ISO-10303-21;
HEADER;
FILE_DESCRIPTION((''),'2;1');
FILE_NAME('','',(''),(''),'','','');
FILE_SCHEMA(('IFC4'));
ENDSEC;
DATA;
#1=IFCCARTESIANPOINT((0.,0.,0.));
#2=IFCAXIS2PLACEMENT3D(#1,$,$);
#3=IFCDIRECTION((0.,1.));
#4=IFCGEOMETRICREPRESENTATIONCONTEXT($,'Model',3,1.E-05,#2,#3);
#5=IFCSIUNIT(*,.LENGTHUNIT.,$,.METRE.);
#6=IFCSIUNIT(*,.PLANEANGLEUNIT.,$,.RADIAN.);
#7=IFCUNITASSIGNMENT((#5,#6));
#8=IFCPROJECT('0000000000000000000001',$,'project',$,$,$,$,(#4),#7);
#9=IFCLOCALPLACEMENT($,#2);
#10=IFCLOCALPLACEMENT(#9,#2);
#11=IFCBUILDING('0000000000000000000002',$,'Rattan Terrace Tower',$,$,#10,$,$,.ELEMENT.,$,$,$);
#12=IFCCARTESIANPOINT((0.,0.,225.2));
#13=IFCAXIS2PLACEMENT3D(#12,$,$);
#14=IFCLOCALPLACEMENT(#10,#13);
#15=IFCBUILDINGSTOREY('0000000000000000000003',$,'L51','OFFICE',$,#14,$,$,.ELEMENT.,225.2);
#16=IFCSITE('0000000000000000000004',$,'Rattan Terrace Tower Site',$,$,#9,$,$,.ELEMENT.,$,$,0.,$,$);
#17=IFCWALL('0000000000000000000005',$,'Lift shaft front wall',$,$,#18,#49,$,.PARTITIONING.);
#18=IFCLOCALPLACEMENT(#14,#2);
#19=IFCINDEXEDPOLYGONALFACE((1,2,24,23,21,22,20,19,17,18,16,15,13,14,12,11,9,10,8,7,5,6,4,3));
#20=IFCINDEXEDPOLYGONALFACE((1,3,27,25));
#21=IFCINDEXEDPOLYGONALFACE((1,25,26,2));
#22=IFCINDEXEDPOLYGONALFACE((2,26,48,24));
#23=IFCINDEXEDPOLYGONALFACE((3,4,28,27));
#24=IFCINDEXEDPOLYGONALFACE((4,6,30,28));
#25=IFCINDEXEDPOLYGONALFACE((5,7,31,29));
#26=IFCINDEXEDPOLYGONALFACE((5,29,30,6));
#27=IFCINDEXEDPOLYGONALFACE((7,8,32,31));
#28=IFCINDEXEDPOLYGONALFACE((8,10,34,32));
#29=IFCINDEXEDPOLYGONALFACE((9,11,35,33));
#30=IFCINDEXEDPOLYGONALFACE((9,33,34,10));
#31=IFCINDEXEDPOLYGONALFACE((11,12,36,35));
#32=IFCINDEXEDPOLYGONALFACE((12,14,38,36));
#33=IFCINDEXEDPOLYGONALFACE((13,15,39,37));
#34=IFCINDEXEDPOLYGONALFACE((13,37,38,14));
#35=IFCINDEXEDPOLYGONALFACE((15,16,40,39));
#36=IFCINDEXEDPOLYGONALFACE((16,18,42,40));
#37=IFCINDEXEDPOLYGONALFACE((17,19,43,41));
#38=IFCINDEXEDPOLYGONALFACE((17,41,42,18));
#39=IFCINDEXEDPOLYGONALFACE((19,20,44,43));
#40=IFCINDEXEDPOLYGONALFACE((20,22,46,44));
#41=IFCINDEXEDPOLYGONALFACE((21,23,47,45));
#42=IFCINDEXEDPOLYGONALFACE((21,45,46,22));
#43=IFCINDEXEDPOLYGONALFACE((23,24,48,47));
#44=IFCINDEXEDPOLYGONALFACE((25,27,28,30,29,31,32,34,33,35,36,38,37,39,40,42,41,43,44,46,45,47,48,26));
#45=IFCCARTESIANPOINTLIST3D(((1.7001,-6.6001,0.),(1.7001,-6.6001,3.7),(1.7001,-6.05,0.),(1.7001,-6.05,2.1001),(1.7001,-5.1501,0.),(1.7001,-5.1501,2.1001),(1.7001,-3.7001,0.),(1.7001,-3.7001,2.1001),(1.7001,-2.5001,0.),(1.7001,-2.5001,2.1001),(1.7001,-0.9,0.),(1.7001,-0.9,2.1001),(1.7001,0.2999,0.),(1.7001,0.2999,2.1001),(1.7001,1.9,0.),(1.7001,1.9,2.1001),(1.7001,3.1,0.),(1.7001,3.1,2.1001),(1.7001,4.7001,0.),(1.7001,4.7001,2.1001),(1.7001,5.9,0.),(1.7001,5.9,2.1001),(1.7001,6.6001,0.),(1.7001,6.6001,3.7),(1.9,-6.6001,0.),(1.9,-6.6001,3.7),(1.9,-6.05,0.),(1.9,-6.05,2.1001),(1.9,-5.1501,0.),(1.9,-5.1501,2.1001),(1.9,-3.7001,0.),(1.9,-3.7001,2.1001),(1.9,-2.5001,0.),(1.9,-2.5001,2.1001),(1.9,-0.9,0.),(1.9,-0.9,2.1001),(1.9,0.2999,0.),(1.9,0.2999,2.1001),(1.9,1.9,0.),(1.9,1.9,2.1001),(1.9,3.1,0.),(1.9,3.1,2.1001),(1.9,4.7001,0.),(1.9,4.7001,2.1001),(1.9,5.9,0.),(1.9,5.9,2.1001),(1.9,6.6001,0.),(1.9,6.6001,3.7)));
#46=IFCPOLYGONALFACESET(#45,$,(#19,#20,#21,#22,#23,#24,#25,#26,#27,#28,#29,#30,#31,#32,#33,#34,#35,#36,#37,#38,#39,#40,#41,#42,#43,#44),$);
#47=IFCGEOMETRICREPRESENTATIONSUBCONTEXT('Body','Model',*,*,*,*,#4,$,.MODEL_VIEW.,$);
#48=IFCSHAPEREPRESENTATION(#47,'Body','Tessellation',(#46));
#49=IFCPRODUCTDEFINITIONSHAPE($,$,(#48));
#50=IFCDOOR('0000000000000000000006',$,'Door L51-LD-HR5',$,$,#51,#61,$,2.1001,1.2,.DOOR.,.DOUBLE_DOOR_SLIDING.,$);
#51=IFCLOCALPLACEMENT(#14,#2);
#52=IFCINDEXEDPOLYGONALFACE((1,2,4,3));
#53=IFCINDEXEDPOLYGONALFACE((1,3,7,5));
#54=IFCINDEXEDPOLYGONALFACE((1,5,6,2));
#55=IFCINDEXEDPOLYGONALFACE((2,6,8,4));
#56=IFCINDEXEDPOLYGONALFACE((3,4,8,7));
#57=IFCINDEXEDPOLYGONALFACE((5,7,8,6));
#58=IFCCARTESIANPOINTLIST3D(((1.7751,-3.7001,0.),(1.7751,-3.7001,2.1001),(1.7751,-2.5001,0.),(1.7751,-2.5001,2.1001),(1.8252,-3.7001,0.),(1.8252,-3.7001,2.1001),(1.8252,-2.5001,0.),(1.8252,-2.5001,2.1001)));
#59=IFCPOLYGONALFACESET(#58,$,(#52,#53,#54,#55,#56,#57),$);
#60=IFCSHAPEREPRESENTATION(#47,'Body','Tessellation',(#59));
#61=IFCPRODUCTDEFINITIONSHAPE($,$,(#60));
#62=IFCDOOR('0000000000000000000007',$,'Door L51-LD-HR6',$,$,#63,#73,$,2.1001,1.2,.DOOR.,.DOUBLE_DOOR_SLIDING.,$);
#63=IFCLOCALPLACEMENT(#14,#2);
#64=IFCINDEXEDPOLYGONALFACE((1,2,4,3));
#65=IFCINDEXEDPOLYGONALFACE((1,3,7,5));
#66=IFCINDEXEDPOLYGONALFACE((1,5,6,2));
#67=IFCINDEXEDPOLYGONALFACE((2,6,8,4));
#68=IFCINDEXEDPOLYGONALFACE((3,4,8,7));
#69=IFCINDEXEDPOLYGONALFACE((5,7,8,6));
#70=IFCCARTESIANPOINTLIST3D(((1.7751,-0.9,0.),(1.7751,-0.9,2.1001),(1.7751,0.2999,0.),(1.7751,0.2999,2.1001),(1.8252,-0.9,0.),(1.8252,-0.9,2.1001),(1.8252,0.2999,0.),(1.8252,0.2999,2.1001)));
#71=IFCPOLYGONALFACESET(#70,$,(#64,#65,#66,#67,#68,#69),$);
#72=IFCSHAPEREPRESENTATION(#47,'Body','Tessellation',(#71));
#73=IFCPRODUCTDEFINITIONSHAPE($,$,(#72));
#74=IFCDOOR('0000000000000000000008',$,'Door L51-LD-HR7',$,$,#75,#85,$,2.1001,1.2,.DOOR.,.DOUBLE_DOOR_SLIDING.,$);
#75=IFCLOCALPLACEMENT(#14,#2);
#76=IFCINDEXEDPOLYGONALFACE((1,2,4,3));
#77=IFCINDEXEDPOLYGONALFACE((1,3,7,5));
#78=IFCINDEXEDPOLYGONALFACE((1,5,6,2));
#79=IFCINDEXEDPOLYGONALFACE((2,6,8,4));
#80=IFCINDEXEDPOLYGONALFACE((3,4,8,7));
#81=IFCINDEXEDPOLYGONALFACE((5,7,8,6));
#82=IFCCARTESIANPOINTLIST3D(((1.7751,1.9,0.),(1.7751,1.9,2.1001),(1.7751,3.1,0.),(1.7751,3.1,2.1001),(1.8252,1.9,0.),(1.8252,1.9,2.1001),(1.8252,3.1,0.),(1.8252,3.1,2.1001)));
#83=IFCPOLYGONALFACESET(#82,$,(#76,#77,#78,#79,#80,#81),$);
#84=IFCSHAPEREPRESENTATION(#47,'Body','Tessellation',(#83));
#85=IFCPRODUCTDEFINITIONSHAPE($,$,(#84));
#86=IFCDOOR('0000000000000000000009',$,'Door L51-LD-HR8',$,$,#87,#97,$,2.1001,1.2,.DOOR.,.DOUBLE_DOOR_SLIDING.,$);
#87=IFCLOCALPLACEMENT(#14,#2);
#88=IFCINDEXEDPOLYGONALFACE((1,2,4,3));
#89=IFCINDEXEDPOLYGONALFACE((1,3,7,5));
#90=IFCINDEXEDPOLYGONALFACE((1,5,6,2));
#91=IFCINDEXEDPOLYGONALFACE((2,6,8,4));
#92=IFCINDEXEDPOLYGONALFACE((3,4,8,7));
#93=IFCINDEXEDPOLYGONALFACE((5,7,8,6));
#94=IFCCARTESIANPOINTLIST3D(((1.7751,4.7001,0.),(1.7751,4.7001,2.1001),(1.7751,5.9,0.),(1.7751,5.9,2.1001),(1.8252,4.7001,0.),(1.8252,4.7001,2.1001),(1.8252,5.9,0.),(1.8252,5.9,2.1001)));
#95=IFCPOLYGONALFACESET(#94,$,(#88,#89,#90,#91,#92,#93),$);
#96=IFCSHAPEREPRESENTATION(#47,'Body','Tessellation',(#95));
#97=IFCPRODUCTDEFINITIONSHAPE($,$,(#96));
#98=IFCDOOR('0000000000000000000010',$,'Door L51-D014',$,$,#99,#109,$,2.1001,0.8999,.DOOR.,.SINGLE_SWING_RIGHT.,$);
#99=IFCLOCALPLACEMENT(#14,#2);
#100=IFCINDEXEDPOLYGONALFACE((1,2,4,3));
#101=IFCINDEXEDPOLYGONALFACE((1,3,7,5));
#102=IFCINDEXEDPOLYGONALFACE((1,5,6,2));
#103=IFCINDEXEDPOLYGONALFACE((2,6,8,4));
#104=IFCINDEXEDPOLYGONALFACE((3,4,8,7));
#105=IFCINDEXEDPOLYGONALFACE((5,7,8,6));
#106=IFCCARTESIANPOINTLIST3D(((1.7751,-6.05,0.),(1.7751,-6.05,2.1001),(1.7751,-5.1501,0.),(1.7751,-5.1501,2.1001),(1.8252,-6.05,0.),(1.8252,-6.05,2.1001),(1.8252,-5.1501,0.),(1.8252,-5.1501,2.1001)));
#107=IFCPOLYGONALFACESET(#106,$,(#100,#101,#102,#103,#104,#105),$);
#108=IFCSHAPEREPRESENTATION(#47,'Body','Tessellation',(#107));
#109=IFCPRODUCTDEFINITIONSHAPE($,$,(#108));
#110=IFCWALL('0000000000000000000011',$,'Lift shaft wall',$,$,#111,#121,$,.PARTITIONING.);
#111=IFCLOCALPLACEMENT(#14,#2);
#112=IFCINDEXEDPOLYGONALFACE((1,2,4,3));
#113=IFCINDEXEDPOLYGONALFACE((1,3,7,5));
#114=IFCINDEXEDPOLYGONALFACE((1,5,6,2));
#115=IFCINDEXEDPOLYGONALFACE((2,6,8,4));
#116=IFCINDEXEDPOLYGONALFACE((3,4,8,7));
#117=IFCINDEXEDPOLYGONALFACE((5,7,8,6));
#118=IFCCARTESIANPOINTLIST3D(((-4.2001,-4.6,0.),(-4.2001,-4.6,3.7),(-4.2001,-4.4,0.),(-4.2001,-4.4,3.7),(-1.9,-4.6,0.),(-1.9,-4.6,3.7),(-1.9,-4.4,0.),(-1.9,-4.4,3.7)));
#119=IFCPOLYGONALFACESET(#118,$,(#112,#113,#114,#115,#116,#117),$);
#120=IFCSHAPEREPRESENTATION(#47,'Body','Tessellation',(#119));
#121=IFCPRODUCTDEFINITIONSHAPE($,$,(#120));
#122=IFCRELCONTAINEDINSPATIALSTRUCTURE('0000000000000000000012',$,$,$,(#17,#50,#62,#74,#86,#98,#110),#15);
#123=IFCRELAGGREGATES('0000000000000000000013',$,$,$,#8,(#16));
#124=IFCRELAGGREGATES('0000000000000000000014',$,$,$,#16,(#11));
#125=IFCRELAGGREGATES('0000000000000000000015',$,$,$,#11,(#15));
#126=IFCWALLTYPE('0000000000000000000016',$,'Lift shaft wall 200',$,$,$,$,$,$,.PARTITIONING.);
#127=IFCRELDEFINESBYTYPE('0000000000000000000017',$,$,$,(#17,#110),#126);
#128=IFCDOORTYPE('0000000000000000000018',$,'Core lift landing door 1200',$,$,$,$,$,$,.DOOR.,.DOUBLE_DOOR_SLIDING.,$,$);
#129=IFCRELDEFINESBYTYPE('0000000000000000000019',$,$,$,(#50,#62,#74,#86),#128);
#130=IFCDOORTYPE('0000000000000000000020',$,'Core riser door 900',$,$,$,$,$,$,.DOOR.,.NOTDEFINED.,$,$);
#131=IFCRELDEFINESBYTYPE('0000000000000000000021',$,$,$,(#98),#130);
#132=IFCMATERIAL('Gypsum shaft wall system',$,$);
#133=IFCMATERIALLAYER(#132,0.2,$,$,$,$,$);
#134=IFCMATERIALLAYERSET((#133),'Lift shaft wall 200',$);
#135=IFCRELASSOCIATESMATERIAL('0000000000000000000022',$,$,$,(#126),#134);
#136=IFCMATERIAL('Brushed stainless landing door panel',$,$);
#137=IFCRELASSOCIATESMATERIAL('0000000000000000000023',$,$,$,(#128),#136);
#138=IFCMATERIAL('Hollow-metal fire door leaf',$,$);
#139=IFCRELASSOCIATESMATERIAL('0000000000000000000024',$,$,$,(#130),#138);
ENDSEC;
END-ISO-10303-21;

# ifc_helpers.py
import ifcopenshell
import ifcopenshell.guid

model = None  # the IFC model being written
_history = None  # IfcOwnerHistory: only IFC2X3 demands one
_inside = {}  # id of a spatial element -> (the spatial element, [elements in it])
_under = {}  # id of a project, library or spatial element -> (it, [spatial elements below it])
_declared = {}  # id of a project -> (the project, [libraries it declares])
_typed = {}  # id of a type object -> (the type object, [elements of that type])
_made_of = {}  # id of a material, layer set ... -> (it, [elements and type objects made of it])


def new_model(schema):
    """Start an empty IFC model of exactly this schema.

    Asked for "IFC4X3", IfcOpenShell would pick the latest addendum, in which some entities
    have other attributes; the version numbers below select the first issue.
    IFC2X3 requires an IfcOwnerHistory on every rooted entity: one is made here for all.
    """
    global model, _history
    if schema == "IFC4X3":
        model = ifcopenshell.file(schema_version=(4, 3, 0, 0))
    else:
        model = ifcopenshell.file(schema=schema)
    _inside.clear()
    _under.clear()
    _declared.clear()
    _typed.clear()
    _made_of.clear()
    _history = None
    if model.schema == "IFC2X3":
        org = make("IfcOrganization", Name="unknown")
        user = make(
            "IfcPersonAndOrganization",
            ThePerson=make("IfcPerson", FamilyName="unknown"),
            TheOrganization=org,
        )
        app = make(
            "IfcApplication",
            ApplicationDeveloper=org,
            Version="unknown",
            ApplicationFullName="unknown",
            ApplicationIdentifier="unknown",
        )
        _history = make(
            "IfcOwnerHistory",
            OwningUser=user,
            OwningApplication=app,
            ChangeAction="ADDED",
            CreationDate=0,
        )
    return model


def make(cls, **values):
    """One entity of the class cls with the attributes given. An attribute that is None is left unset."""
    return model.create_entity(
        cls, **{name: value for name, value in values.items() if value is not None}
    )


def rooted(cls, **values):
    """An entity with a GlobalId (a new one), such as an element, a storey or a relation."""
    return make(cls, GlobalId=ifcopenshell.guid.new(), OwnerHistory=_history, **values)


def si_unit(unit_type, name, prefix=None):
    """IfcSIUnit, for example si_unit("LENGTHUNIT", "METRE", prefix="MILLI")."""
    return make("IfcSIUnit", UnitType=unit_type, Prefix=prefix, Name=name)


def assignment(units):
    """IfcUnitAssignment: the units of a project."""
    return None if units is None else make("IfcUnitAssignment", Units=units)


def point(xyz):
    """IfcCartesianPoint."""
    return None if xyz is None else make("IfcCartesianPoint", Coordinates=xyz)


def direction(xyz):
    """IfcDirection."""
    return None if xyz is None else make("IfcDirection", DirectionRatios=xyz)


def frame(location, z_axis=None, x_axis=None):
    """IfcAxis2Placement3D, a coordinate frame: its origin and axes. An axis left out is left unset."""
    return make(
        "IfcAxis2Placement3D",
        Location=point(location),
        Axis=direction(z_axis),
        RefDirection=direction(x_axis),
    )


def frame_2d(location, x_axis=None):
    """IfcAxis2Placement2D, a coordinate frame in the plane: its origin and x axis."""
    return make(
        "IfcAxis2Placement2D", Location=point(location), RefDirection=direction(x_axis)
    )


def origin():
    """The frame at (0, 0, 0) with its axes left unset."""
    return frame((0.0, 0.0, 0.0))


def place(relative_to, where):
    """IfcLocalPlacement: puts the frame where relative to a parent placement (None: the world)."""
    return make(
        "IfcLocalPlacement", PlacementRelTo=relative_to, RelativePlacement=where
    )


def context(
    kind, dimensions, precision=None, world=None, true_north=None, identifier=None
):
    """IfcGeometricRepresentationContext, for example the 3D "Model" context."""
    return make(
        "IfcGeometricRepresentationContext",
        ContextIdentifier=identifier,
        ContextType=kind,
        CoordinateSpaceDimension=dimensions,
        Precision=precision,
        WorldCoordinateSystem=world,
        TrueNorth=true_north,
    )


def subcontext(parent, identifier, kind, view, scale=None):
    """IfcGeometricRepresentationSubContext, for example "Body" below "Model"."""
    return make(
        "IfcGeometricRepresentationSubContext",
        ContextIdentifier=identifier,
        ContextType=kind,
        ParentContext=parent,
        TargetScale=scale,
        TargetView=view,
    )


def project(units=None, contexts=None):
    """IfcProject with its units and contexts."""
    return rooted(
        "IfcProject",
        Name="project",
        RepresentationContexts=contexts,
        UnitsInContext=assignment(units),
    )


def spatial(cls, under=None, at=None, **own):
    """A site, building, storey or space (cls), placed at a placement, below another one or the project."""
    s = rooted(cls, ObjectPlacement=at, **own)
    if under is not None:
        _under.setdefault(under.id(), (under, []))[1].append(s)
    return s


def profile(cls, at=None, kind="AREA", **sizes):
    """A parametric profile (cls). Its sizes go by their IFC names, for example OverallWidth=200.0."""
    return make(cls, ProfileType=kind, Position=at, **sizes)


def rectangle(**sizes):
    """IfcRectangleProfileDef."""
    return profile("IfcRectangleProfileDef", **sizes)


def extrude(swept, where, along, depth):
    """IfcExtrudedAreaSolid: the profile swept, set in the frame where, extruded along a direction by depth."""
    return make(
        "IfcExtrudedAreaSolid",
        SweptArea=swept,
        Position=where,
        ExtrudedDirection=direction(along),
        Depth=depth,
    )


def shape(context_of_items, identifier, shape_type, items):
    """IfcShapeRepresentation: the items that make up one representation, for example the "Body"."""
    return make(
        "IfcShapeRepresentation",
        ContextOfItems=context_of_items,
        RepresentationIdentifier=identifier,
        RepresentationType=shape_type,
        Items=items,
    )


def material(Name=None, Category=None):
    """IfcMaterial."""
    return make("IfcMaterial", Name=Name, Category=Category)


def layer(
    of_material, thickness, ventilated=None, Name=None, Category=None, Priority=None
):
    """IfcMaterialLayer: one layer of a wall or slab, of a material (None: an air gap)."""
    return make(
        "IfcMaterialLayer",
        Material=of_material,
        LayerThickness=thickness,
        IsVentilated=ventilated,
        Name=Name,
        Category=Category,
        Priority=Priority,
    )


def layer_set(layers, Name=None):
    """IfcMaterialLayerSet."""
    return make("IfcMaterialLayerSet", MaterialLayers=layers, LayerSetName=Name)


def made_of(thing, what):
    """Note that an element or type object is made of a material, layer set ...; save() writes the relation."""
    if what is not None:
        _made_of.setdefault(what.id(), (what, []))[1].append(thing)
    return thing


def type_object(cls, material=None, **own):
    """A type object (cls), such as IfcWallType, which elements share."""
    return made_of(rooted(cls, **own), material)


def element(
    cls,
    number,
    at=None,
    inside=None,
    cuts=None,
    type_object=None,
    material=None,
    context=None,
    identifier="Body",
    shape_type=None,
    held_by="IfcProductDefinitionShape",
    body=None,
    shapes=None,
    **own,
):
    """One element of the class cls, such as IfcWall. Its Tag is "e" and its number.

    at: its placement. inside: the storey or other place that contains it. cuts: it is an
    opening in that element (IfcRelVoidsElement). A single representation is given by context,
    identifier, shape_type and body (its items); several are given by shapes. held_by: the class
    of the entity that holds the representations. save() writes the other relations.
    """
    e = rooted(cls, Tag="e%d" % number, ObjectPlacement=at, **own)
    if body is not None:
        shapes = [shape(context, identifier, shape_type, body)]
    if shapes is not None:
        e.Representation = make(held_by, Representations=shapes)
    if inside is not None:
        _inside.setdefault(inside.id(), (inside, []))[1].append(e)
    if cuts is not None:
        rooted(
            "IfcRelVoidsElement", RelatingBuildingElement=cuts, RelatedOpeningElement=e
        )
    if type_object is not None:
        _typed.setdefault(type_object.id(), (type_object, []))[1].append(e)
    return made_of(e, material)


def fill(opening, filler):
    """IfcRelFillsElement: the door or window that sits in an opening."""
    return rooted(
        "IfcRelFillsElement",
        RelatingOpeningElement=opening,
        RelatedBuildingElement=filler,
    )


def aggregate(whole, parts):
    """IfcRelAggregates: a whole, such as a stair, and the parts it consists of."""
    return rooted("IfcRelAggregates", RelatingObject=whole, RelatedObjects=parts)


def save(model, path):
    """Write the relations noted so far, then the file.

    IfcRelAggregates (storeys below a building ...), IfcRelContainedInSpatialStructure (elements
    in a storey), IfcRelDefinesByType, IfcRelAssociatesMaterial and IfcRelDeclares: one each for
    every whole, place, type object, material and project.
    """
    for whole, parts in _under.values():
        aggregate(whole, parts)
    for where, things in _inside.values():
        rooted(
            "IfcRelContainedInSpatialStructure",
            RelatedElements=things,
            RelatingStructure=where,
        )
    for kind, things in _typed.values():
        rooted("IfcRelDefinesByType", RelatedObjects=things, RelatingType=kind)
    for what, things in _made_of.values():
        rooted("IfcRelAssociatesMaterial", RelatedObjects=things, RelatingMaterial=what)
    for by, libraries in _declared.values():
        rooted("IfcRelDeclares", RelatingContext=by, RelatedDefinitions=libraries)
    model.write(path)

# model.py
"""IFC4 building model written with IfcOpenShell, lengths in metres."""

from ifc_helpers import new_model, si_unit, direction, frame, frame_2d, origin, place, context, subcontext, project, spatial, rectangle, extrude, material, layer, layer_set, type_object, element, fill, save


model = new_model("IFC4")

# Units and contexts
model_context = context("Model", 3, precision=1e-05, world=origin(), true_north=direction((0.0, 1.0)))
body_context = subcontext(model_context, "Body", "Model", "MODEL_VIEW")
ifc_project = project(units=[si_unit("LENGTHUNIT", "METRE"), si_unit("PLANEANGLEUNIT", "RADIAN")], contexts=[model_context])

# Site, building, storey
site_placement = place(None, origin())
site = spatial("IfcSite", under=ifc_project, at=site_placement, Name="Rattan Terrace Tower Site", CompositionType="ELEMENT", RefElevation=0.0)
building_placement = place(site_placement, origin())
building = spatial("IfcBuilding", under=site, at=building_placement, Name="Rattan Terrace Tower", CompositionType="ELEMENT")
storey_placement = place(building_placement, frame((0.0, 0.0, 225.2)))
storey = spatial("IfcBuildingStorey", under=building, at=storey_placement, Name="L51", Description="OFFICE", CompositionType="ELEMENT", Elevation=225.2)

# Wall, openings, doors
ifc_material_1 = material(Name="Gypsum shaft wall system")
ifc_layer_1 = layer(ifc_material_1, 0.2)
ifc_layer_set_1 = layer_set([ifc_layer_1], Name="Lift shaft wall 200")
wall_type_1 = type_object("IfcWallType", Name="Lift shaft wall 200", PredefinedType="PARTITIONING", material=ifc_layer_set_1)
ifc_material_2 = material(Name="Brushed stainless landing door panel")
door_type_1 = type_object("IfcDoorType", Name="Core lift landing door 1200", OperationType="DOUBLE_DOOR_SLIDING", PredefinedType="DOOR", material=ifc_material_2)
ifc_material_3 = material(Name="Hollow-metal fire door leaf")
door_type_2 = type_object("IfcDoorType", Name="Core riser door 900", OperationType="NOTDEFINED", PredefinedType="DOOR", material=ifc_material_3)
wall_1_placement = place(storey_placement, frame((1.8, -6.6001, 0.0), z_axis=(0.0, 0.0, 1.0), x_axis=(0.0, 1.0, 0.0)))
wall_1 = element("IfcWall", 1, at=wall_1_placement, inside=storey, type_object=wall_type_1, Name="Lift shaft front wall", PredefinedType="PARTITIONING", context=body_context, shape_type="SweptSolid", body=[
    extrude(rectangle(XDim=13.2002, YDim=0.2, at=frame_2d((6.6001, 0.0))), origin(), (0.0, 0.0, 1.0), 3.7),
])
opening_1_placement = place(wall_1_placement, frame((0.55, 0.0, 0.0)))
opening_1 = element("IfcOpeningElement", 2, at=opening_1_placement, cuts=wall_1, PredefinedType="OPENING", context=body_context, shape_type="SweptSolid", body=[
    extrude(rectangle(XDim=0.8999, YDim=2.1001, at=frame_2d((0.45, 1.05))), frame((0.0, 0.1106, 0.0), z_axis=(0.0, -1.0, 0.0), x_axis=(1.0, 0.0, 0.0)), (0.0, 0.0, 1.0), 0.2209),
])
opening_2_placement = place(wall_1_placement, frame((2.8999, 0.0, 0.0)))
opening_2 = element("IfcOpeningElement", 3, at=opening_2_placement, cuts=wall_1, PredefinedType="OPENING", context=body_context, shape_type="SweptSolid", body=[
    extrude(rectangle(XDim=1.2, YDim=2.1001, at=frame_2d((0.6001, 1.05))), frame((0.0, 0.1106, 0.0), z_axis=(0.0, -1.0, 0.0), x_axis=(1.0, 0.0, 0.0)), (0.0, 0.0, 1.0), 0.2209),
])
opening_3_placement = place(wall_1_placement, frame((5.7, 0.0, 0.0)))
opening_3 = element("IfcOpeningElement", 4, at=opening_3_placement, cuts=wall_1, PredefinedType="OPENING", context=body_context, shape_type="SweptSolid", body=[
    extrude(rectangle(XDim=1.2, YDim=2.1001, at=frame_2d((0.6001, 1.05))), frame((0.0, 0.1106, 0.0), z_axis=(0.0, -1.0, 0.0), x_axis=(1.0, 0.0, 0.0)), (0.0, 0.0, 1.0), 0.2209),
])
opening_4_placement = place(wall_1_placement, frame((8.5, 0.0, 0.0)))
opening_4 = element("IfcOpeningElement", 5, at=opening_4_placement, cuts=wall_1, PredefinedType="OPENING", context=body_context, shape_type="SweptSolid", body=[
    extrude(rectangle(XDim=1.2, YDim=2.1001, at=frame_2d((0.6001, 1.05))), frame((0.0, 0.1106, 0.0), z_axis=(0.0, -1.0, 0.0), x_axis=(1.0, 0.0, 0.0)), (0.0, 0.0, 1.0), 0.2209),
])
opening_5_placement = place(wall_1_placement, frame((11.3, 0.0, 0.0)))
opening_5 = element("IfcOpeningElement", 6, at=opening_5_placement, cuts=wall_1, PredefinedType="OPENING", context=body_context, shape_type="SweptSolid", body=[
    extrude(rectangle(XDim=1.2, YDim=2.1001, at=frame_2d((0.6001, 1.05))), frame((0.0, 0.1106, 0.0), z_axis=(0.0, -1.0, 0.0), x_axis=(1.0, 0.0, 0.0)), (0.0, 0.0, 1.0), 0.2209),
])
door_1_placement = place(opening_2_placement, origin())
door_1 = element("IfcDoor", 7, at=door_1_placement, inside=storey, type_object=door_type_1, Name="Door L51-LD-HR5", OperationType="DOUBLE_DOOR_SLIDING", OverallHeight=2.1001, OverallWidth=1.2, PredefinedType="DOOR", context=body_context, shape_type="SweptSolid", body=[
    extrude(rectangle(XDim=1.2, YDim=2.1001, at=frame_2d((0.6001, 1.05))), frame((0.0, 0.0249, 0.0), z_axis=(0.0, -1.0, 0.0), x_axis=(1.0, 0.0, 0.0)), (0.0, 0.0, 1.0), 0.05),
])
fill(opening_2, door_1)
door_2_placement = place(opening_3_placement, origin())
door_2 = element("IfcDoor", 8, at=door_2_placement, inside=storey, type_object=door_type_1, Name="Door L51-LD-HR6", OperationType="DOUBLE_DOOR_SLIDING", OverallHeight=2.1001, OverallWidth=1.2, PredefinedType="DOOR", context=body_context, shape_type="SweptSolid", body=[
    extrude(rectangle(XDim=1.2, YDim=2.1001, at=frame_2d((0.6001, 1.05))), frame((0.0, 0.0249, 0.0), z_axis=(0.0, -1.0, 0.0), x_axis=(1.0, 0.0, 0.0)), (0.0, 0.0, 1.0), 0.05),
])
fill(opening_3, door_2)
door_3_placement = place(opening_4_placement, origin())
door_3 = element("IfcDoor", 9, at=door_3_placement, inside=storey, type_object=door_type_1, Name="Door L51-LD-HR7", OperationType="DOUBLE_DOOR_SLIDING", OverallHeight=2.1001, OverallWidth=1.2, PredefinedType="DOOR", context=body_context, shape_type="SweptSolid", body=[
    extrude(rectangle(XDim=1.2, YDim=2.1001, at=frame_2d((0.6001, 1.05))), frame((0.0, 0.0249, 0.0), z_axis=(0.0, -1.0, 0.0), x_axis=(1.0, 0.0, 0.0)), (0.0, 0.0, 1.0), 0.05),
])
fill(opening_4, door_3)
door_4_placement = place(opening_5_placement, origin())
door_4 = element("IfcDoor", 10, at=door_4_placement, inside=storey, type_object=door_type_1, Name="Door L51-LD-HR8", OperationType="DOUBLE_DOOR_SLIDING", OverallHeight=2.1001, OverallWidth=1.2, PredefinedType="DOOR", context=body_context, shape_type="SweptSolid", body=[
    extrude(rectangle(XDim=1.2, YDim=2.1001, at=frame_2d((0.6001, 1.05))), frame((0.0, 0.0249, 0.0), z_axis=(0.0, -1.0, 0.0), x_axis=(1.0, 0.0, 0.0)), (0.0, 0.0, 1.0), 0.05),
])
fill(opening_5, door_4)
door_5_placement = place(opening_1_placement, origin())
door_5 = element("IfcDoor", 11, at=door_5_placement, inside=storey, type_object=door_type_2, Name="Door L51-D014", OperationType="SINGLE_SWING_RIGHT", OverallHeight=2.1001, OverallWidth=0.8999, PredefinedType="DOOR", context=body_context, shape_type="SweptSolid", body=[
    extrude(rectangle(XDim=0.8999, YDim=2.1001, at=frame_2d((0.45, 1.05))), frame((0.0, 0.0249, 0.0), z_axis=(0.0, -1.0, 0.0), x_axis=(1.0, 0.0, 0.0)), (0.0, 0.0, 1.0), 0.05),
])
fill(opening_1, door_5)

# Wall
wall_2_placement = place(storey_placement, frame((-4.2, -4.5, 0.0), z_axis=(0.0, 0.0, 1.0), x_axis=(1.0, 0.0, 0.0)))
element("IfcWall", 12, at=wall_2_placement, inside=storey, type_object=wall_type_1, Name="Lift shaft wall", PredefinedType="PARTITIONING", context=body_context, shape_type="SweptSolid", body=[
    extrude(rectangle(XDim=2.3, YDim=0.2, at=frame_2d((1.1499, 0.0))), origin(), (0.0, 0.0, 1.0), 3.7),
])

save(model, "model.ifc")
